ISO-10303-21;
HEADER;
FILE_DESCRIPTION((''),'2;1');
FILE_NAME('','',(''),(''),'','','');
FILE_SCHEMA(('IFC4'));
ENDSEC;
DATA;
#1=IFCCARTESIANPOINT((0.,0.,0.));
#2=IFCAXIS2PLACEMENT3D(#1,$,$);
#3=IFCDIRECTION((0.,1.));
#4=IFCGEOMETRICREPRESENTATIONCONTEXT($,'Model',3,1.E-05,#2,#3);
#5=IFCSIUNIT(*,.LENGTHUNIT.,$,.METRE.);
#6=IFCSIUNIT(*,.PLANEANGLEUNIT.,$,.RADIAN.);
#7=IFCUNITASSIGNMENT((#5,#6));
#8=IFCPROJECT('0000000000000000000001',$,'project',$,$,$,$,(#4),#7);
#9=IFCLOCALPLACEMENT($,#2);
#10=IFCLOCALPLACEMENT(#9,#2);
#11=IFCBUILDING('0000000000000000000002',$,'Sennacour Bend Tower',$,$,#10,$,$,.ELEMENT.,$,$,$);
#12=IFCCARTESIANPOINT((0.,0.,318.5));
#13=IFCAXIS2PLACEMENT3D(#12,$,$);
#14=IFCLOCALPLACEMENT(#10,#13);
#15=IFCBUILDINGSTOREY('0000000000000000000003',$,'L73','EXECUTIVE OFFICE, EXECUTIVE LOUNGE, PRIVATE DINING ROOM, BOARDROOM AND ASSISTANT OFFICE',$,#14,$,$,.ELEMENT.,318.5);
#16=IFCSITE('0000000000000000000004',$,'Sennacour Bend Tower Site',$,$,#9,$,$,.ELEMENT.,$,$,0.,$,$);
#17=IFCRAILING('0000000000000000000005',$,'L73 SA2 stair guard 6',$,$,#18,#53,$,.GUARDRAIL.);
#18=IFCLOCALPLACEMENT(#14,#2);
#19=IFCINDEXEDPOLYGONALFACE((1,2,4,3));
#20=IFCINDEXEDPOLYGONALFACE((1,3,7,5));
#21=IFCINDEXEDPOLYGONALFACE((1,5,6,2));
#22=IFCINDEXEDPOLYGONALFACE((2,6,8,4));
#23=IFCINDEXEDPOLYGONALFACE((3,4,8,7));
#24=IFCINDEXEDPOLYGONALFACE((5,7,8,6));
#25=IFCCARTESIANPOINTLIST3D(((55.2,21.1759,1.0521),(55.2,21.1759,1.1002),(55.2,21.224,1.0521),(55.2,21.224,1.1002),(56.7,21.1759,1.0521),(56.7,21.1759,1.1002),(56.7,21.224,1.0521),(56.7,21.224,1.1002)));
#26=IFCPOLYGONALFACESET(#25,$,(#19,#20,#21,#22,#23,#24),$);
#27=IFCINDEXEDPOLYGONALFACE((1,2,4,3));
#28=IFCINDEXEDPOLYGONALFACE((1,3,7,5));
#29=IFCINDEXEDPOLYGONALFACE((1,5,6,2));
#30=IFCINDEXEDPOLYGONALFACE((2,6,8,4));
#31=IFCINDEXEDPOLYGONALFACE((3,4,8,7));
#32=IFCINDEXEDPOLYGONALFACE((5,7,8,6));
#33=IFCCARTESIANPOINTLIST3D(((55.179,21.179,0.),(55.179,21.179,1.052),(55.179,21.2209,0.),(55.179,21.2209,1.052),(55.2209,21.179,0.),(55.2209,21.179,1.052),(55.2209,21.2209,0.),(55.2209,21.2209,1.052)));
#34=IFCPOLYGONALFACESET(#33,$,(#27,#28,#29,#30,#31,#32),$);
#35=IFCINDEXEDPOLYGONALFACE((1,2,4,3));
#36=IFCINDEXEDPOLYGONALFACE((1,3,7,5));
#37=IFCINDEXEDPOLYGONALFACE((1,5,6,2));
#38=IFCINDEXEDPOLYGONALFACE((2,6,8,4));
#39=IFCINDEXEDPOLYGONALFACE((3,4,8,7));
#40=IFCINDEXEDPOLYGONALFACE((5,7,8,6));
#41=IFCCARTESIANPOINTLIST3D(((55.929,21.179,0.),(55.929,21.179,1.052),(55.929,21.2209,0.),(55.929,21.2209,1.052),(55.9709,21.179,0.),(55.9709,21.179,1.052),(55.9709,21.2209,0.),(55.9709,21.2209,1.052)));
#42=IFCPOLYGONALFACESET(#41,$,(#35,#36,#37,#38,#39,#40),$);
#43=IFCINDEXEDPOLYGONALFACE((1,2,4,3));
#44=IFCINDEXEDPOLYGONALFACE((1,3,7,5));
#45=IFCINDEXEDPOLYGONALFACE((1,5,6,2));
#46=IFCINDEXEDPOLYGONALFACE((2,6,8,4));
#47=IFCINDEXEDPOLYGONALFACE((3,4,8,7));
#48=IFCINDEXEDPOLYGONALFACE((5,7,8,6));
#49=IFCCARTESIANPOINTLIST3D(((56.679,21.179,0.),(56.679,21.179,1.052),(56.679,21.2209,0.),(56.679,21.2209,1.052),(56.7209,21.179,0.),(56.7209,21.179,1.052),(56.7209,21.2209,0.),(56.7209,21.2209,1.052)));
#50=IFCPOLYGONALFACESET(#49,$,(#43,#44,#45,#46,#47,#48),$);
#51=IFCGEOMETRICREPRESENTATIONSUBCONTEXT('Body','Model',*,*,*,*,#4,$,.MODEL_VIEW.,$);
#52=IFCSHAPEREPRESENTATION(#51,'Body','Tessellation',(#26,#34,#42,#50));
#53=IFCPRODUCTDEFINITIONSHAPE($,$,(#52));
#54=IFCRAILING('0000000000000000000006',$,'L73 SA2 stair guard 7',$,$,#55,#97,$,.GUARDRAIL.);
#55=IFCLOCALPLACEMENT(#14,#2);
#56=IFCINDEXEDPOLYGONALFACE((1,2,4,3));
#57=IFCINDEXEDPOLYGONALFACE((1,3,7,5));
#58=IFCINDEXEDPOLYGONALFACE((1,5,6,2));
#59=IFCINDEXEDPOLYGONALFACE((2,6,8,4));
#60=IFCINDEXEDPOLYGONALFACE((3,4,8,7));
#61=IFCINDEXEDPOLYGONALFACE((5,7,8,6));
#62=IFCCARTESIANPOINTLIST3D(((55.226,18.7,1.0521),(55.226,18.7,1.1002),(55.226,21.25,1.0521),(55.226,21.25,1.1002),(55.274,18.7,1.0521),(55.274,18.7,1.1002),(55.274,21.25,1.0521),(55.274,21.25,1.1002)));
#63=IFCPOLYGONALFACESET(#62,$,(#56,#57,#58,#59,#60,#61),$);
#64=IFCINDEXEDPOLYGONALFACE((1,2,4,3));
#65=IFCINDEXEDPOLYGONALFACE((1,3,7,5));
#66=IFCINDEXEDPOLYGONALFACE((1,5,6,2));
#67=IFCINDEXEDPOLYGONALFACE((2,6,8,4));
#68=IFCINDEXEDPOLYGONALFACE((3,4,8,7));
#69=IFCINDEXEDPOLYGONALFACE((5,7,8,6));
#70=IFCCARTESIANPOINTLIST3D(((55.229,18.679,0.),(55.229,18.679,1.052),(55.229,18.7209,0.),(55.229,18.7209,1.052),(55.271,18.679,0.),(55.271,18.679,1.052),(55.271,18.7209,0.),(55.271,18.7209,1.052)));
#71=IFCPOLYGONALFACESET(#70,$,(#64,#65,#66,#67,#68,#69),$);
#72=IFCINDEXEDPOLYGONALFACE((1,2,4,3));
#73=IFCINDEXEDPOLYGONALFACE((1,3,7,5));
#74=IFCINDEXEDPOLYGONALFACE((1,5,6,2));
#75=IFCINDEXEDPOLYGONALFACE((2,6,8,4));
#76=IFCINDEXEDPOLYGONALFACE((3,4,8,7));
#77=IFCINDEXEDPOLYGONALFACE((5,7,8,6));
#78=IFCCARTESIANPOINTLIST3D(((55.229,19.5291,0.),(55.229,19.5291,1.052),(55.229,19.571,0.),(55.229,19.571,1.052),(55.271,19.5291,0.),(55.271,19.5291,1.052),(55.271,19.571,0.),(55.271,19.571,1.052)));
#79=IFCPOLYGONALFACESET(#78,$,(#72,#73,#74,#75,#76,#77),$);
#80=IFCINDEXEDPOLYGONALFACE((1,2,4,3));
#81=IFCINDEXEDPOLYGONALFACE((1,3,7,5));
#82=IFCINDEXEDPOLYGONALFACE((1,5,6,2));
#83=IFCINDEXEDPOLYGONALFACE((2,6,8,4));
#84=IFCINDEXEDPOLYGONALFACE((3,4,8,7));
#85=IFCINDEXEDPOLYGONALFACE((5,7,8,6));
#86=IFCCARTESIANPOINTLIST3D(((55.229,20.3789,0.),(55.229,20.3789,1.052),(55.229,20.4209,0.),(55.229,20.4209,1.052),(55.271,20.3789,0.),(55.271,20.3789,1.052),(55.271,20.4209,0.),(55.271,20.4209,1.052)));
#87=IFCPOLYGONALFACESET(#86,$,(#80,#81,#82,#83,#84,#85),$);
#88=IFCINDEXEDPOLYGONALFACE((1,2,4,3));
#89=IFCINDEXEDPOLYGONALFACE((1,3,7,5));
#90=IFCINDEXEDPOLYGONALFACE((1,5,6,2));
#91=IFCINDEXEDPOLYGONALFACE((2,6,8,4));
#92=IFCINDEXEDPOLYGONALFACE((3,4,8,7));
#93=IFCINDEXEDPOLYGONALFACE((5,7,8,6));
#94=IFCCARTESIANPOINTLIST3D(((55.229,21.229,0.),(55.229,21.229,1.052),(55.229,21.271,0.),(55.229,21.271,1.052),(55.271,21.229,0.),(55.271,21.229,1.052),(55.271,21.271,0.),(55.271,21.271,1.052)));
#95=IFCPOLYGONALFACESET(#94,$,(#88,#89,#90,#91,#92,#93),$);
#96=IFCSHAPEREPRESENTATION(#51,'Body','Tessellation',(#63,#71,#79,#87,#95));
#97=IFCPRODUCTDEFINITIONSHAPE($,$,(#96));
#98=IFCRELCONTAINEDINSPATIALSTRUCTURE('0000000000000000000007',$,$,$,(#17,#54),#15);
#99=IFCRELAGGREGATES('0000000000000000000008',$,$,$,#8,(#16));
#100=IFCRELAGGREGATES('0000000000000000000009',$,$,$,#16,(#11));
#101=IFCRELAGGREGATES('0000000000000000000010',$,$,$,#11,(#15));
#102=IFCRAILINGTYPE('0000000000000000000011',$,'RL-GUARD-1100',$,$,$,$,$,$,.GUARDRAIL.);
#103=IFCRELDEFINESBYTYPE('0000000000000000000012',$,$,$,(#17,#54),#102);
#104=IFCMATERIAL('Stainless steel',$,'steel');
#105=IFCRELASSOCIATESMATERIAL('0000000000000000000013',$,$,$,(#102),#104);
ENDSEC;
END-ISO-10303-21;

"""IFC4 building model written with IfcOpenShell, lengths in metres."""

from ifc_helpers import new_model, si_unit, direction, frame, origin, origin_2d, place, context, subcontext, project, spatial, rectangle, extrude, material, type_object, element, save


model = new_model("IFC4")

# Units and contexts
model_context = context("Model", 3, precision=1e-05, world=origin(), true_north=direction((0.0, 1.0)))
body_context = subcontext(model_context, "Body", "Model", "MODEL_VIEW")
ifc_project = project(units=[si_unit("LENGTHUNIT", "METRE"), si_unit("PLANEANGLEUNIT", "RADIAN")], contexts=[model_context])

# Site, building, storey
site_placement = place(None, origin())
site = spatial("IfcSite", under=ifc_project, at=site_placement, Name="Sennacour Bend Tower Site", CompositionType="ELEMENT", RefElevation=0.0)
building_placement = place(site_placement, origin())
building = spatial("IfcBuilding", under=site, at=building_placement, Name="Sennacour Bend Tower", CompositionType="ELEMENT")
storey_placement = place(building_placement, frame((0.0, 0.0, 318.5)))
storey = spatial("IfcBuildingStorey", under=building, at=storey_placement, Name="L73", Description="EXECUTIVE OFFICE, EXECUTIVE LOUNGE, PRIVATE DINING ROOM, BOARDROOM AND ASSISTANT OFFICE", CompositionType="ELEMENT", Elevation=318.5)

# Shared definitions
ifc_material_1 = material(Name="Stainless steel", Category="steel")

# Railings
railing_type = type_object("IfcRailingType", Name="RL-GUARD-1100", PredefinedType="GUARDRAIL", material=ifc_material_1)
railing_1_placement = place(storey_placement, frame((55.2, 21.2, 0.0)))
element("IfcRailing", 1, at=railing_1_placement, inside=storey, type_object=railing_type, Name="L73 SA2 stair guard 6", PredefinedType="GUARDRAIL", context=body_context, shape_type="SweptSolid", body=[
    extrude(rectangle(XDim=0.0481, YDim=0.0481, at=origin_2d()), frame((0.0, 0.0, 1.0762), z_axis=(1.0, 0.0, 0.0), x_axis=(0.0, 1.0, 0.0)), (0.0, 0.0, 1.0), 1.5),
    extrude(rectangle(XDim=0.042, YDim=0.042, at=origin_2d()), origin(), (0.0, 0.0, 1.0), 1.052),
    extrude(rectangle(XDim=0.042, YDim=0.042, at=origin_2d()), frame((0.75, 0.0, 0.0)), (0.0, 0.0, 1.0), 1.052),
    extrude(rectangle(XDim=0.042, YDim=0.042, at=origin_2d()), frame((1.5, 0.0, 0.0)), (0.0, 0.0, 1.0), 1.052),
])
railing_2_placement = place(storey_placement, frame((55.25, 18.7, 0.0)))
element("IfcRailing", 2, at=railing_2_placement, inside=storey, type_object=railing_type, Name="L73 SA2 stair guard 7", PredefinedType="GUARDRAIL", context=body_context, shape_type="SweptSolid", body=[
    extrude(rectangle(XDim=0.0481, YDim=0.0481, at=origin_2d()), frame((0.0, 0.0, 1.0762), z_axis=(0.0, 1.0, 0.0), x_axis=(-1.0, 0.0, 0.0)), (0.0, 0.0, 1.0), 2.55),
    extrude(rectangle(XDim=0.042, YDim=0.042, at=origin_2d()), origin(), (0.0, 0.0, 1.0), 1.052),
    extrude(rectangle(XDim=0.042, YDim=0.042, at=origin_2d()), frame((0.0, 0.8501, 0.0)), (0.0, 0.0, 1.0), 1.052),
    extrude(rectangle(XDim=0.042, YDim=0.042, at=origin_2d()), frame((0.0, 1.7, 0.0)), (0.0, 0.0, 1.0), 1.052),
    extrude(rectangle(XDim=0.042, YDim=0.042, at=origin_2d()), frame((0.0, 2.55, 0.0)), (0.0, 0.0, 1.0), 1.052),
])

save(model, "model.ifc")
